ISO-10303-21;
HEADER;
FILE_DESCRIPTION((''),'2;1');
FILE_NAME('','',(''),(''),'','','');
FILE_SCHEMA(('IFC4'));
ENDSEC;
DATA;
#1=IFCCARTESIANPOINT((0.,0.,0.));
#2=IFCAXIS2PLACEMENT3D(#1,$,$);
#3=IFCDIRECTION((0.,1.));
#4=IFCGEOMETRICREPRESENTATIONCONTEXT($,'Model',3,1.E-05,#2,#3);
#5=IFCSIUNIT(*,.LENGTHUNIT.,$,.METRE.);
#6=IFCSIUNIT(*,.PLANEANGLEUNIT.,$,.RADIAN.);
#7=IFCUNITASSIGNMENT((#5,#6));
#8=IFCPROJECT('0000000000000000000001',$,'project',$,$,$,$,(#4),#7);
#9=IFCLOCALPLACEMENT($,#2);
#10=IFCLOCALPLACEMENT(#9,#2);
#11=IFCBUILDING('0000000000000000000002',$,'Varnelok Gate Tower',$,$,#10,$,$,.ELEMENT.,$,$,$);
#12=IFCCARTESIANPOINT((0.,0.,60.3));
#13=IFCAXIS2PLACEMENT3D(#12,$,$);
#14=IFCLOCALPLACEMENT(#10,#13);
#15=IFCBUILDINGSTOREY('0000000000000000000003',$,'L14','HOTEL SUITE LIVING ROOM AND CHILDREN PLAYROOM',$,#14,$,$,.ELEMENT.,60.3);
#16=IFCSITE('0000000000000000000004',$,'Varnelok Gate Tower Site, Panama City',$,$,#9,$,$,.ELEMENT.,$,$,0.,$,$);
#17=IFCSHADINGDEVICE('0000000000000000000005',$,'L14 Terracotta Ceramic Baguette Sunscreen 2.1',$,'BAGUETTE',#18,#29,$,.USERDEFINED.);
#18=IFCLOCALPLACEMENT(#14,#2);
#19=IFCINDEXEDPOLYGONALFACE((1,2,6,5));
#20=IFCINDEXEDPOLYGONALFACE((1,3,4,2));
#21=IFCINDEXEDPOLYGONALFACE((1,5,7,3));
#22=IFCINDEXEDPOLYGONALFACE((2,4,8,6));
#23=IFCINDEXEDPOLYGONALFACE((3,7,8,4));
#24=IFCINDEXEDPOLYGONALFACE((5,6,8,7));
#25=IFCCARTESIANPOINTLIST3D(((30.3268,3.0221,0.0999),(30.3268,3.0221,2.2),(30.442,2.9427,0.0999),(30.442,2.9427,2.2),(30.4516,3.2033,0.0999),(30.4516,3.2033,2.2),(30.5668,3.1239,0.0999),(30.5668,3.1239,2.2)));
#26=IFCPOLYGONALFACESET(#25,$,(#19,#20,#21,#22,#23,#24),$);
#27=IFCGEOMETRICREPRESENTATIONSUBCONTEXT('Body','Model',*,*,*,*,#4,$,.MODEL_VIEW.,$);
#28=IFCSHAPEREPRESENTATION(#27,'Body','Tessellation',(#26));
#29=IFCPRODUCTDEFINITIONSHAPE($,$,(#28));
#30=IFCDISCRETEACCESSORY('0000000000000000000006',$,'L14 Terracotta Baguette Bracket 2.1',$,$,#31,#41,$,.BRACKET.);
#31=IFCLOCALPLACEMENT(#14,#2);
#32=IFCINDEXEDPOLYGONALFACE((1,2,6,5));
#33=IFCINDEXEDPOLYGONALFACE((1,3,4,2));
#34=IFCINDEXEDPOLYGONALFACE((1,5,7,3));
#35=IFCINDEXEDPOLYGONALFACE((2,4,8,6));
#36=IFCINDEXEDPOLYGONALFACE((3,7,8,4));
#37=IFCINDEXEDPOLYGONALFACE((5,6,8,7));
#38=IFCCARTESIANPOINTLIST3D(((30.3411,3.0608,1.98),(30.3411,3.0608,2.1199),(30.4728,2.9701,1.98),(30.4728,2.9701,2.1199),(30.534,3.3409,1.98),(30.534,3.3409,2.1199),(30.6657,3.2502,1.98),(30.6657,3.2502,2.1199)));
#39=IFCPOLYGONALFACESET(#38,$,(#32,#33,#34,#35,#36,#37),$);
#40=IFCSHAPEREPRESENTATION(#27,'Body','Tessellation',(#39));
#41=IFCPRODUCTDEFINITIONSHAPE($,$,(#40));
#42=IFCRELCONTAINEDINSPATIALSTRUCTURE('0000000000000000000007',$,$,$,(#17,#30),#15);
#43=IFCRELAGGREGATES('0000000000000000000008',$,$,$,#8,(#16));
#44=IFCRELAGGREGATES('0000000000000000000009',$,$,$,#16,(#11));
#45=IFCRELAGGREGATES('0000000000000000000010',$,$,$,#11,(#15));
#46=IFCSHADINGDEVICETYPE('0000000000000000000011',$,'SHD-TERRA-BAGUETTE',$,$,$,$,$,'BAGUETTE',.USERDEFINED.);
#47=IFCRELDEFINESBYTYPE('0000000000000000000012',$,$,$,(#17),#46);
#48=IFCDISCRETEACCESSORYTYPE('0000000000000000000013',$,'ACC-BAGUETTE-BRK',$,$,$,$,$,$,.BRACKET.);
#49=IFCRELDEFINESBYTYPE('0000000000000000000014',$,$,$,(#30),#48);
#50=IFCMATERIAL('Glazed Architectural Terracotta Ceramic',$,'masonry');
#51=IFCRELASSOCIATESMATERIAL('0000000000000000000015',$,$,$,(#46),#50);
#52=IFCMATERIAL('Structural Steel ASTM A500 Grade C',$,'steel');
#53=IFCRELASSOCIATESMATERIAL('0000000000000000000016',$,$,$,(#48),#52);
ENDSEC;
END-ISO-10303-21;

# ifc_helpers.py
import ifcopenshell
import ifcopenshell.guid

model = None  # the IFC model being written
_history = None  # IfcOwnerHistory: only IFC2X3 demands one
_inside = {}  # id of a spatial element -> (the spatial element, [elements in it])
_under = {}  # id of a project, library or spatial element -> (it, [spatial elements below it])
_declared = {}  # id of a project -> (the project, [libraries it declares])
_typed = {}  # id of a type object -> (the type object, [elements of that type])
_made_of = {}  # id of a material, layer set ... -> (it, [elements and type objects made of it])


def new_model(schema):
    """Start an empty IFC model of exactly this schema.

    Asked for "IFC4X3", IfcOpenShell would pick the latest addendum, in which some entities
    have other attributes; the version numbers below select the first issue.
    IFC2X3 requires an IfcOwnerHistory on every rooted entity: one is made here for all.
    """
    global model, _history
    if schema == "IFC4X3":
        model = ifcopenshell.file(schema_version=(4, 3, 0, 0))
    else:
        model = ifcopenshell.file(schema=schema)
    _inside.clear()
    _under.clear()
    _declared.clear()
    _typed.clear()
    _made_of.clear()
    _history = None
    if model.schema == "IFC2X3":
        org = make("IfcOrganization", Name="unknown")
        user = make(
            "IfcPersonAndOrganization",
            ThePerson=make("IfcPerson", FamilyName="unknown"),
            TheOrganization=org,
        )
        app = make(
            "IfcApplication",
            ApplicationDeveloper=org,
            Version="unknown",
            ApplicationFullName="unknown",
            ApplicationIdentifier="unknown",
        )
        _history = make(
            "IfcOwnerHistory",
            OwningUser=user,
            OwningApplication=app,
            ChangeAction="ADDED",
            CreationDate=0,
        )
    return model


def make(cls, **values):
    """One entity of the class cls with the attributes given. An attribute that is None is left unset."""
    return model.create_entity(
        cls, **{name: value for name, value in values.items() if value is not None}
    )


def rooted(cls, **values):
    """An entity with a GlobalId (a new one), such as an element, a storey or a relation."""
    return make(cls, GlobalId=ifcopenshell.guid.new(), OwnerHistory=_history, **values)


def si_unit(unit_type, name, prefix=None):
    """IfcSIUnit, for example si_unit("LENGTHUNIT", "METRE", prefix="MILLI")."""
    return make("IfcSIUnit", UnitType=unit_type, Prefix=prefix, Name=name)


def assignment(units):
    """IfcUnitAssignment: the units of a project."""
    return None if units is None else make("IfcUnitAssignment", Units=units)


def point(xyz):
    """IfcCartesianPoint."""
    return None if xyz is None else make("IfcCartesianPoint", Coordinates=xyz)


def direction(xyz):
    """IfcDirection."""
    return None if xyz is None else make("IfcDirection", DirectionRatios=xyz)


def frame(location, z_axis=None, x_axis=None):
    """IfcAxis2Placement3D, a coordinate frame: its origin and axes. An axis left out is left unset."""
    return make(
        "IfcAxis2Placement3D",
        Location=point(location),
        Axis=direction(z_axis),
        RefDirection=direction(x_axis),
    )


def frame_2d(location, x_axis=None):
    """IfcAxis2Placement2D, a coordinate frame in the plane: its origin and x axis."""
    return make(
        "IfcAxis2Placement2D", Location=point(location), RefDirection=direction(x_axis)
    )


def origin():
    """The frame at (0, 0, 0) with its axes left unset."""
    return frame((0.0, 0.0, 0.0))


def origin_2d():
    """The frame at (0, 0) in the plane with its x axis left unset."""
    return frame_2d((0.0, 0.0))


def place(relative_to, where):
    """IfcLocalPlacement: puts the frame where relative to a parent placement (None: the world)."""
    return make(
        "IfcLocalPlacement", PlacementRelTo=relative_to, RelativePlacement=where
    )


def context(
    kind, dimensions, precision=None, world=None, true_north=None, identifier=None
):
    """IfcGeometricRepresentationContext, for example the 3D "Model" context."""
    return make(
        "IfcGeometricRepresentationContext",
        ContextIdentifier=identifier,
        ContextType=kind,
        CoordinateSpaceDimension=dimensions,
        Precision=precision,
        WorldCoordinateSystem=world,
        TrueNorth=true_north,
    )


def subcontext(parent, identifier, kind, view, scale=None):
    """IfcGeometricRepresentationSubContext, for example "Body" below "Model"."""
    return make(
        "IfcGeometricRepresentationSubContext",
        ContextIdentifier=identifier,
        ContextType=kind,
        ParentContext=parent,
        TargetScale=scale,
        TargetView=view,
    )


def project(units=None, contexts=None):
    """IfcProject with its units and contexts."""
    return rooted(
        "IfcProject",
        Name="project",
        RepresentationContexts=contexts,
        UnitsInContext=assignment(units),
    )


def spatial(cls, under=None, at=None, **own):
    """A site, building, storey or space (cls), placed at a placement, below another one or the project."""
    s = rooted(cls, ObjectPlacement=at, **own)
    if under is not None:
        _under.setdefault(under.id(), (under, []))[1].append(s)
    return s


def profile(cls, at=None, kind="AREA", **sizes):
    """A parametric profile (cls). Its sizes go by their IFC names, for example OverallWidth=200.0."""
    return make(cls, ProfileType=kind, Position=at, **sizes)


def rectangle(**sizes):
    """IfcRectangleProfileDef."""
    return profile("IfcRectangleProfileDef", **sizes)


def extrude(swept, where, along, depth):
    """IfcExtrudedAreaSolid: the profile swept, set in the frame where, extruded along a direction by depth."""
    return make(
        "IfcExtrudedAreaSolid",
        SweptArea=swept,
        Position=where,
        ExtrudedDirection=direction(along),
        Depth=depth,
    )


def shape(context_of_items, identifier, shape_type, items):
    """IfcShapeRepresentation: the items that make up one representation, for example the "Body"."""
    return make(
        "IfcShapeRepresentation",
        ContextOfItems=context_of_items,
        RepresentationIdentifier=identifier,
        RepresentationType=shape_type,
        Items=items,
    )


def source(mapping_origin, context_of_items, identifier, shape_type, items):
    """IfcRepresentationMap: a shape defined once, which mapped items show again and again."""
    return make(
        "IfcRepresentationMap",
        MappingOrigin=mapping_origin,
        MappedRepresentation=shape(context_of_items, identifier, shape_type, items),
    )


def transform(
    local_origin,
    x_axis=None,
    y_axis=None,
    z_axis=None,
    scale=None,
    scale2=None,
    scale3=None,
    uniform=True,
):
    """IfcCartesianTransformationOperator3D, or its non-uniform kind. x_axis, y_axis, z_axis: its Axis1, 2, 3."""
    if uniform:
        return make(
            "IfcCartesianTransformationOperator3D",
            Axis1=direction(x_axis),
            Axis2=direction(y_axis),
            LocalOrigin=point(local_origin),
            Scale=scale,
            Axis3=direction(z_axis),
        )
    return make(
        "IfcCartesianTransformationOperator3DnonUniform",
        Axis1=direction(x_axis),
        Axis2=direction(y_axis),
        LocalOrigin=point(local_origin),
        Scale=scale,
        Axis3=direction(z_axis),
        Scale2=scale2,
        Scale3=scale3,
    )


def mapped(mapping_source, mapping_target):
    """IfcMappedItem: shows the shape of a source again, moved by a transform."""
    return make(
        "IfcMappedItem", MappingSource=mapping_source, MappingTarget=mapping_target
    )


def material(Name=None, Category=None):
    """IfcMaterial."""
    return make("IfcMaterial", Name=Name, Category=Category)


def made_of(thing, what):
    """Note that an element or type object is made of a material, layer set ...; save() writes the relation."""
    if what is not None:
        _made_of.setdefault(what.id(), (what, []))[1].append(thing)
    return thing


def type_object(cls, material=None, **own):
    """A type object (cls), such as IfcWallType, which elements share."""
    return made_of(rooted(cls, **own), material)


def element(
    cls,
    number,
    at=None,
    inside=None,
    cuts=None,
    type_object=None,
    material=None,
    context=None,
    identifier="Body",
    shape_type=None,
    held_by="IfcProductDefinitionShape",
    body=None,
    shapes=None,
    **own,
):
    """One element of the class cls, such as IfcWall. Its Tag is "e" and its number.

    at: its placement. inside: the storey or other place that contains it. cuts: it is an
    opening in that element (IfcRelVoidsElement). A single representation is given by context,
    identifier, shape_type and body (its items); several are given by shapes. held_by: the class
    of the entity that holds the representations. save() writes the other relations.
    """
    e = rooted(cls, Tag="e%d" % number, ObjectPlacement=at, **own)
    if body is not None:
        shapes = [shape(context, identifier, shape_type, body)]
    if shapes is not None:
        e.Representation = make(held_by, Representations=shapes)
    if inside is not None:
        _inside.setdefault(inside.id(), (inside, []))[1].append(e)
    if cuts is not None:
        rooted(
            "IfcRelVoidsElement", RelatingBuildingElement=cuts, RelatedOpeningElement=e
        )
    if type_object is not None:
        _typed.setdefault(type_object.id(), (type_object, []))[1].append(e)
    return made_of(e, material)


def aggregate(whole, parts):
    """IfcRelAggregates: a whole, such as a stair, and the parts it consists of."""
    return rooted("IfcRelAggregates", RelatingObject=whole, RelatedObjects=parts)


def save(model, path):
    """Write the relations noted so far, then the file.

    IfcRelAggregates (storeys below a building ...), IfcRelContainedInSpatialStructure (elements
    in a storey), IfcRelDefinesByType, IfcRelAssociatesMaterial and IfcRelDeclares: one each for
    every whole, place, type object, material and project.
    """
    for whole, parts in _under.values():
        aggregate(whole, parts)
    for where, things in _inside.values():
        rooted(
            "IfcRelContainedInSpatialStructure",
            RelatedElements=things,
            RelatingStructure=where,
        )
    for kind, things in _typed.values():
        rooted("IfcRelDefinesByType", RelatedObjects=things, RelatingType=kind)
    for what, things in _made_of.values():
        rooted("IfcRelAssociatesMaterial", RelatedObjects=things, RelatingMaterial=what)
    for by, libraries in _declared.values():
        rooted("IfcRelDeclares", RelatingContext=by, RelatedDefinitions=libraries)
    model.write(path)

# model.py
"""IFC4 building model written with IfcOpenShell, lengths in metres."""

from ifc_helpers import new_model, si_unit, direction, frame, origin, origin_2d, place, context, subcontext, project, spatial, rectangle, extrude, source, transform, mapped, material, type_object, element, save


model = new_model("IFC4")

# Units and contexts
model_context = context("Model", 3, precision=1e-05, world=origin(), true_north=direction((0.0, 1.0)))
body_context = subcontext(model_context, "Body", "Model", "MODEL_VIEW")
ifc_project = project(units=[si_unit("LENGTHUNIT", "METRE"), si_unit("PLANEANGLEUNIT", "RADIAN")], contexts=[model_context])

# Site, building, storey
site_placement = place(None, origin())
site = spatial("IfcSite", under=ifc_project, at=site_placement, Name="Varnelok Gate Tower Site, Panama City", CompositionType="ELEMENT", RefElevation=0.0)
building_placement = place(site_placement, origin())
building = spatial("IfcBuilding", under=site, at=building_placement, Name="Varnelok Gate Tower", CompositionType="ELEMENT")
storey_placement = place(building_placement, frame((0.0, 0.0, 60.3)))
storey = spatial("IfcBuildingStorey", under=building, at=storey_placement, Name="L14", Description="HOTEL SUITE LIVING ROOM AND CHILDREN PLAYROOM", CompositionType="ELEMENT", Elevation=60.3)

# Shading device
ifc_material_1 = material(Name="Glazed Architectural Terracotta Ceramic", Category="masonry")
shading_device_type = type_object("IfcShadingDeviceType", Name="SHD-TERRA-BAGUETTE", ElementType="BAGUETTE", PredefinedType="USERDEFINED", material=ifc_material_1)
shared_shape_1 = source(origin(), body_context, "Body", "SweptSolid", [
    extrude(rectangle(XDim=0.1399, YDim=0.22, at=origin_2d()), origin(), (0.0, 0.0, 1.0), 2.1001),
])
shading_device_placement = place(storey_placement, frame((30.4468, 3.073, 0.0999), z_axis=(0.0, 0.0, 1.0), x_axis=(0.823533, -0.567269, 0.0)))
element("IfcShadingDevice", 1, at=shading_device_placement, inside=storey, type_object=shading_device_type, Name="L14 Terracotta Ceramic Baguette Sunscreen 2.1", ObjectType="BAGUETTE", PredefinedType="USERDEFINED", context=body_context, shape_type="MappedRepresentation", body=[
    mapped(shared_shape_1, transform((0.0, 0.0, 0.0), scale=1.0)),
])

# Discrete accessory
ifc_material_2 = material(Name="Structural Steel ASTM A500 Grade C", Category="steel")
discrete_accessory_type = type_object("IfcDiscreteAccessoryType", Name="ACC-BAGUETTE-BRK", PredefinedType="BRACKET", material=ifc_material_2)
shared_shape_2 = source(origin(), body_context, "Body", "SweptSolid", [
    extrude(rectangle(XDim=0.1599, YDim=0.3401, at=origin_2d()), origin(), (0.0, 0.0, 1.0), 0.1399),
])
discrete_accessory_placement = place(storey_placement, frame((30.5034, 3.1555, 1.98), z_axis=(0.0, 0.0, 1.0), x_axis=(0.823533, -0.567269, 0.0)))
element("IfcDiscreteAccessory", 2, at=discrete_accessory_placement, inside=storey, type_object=discrete_accessory_type, Name="L14 Terracotta Baguette Bracket 2.1", PredefinedType="BRACKET", context=body_context, shape_type="MappedRepresentation", body=[
    mapped(shared_shape_2, transform((0.0, 0.0, 0.0), scale=1.0)),
])

save(model, "model.ifc")
